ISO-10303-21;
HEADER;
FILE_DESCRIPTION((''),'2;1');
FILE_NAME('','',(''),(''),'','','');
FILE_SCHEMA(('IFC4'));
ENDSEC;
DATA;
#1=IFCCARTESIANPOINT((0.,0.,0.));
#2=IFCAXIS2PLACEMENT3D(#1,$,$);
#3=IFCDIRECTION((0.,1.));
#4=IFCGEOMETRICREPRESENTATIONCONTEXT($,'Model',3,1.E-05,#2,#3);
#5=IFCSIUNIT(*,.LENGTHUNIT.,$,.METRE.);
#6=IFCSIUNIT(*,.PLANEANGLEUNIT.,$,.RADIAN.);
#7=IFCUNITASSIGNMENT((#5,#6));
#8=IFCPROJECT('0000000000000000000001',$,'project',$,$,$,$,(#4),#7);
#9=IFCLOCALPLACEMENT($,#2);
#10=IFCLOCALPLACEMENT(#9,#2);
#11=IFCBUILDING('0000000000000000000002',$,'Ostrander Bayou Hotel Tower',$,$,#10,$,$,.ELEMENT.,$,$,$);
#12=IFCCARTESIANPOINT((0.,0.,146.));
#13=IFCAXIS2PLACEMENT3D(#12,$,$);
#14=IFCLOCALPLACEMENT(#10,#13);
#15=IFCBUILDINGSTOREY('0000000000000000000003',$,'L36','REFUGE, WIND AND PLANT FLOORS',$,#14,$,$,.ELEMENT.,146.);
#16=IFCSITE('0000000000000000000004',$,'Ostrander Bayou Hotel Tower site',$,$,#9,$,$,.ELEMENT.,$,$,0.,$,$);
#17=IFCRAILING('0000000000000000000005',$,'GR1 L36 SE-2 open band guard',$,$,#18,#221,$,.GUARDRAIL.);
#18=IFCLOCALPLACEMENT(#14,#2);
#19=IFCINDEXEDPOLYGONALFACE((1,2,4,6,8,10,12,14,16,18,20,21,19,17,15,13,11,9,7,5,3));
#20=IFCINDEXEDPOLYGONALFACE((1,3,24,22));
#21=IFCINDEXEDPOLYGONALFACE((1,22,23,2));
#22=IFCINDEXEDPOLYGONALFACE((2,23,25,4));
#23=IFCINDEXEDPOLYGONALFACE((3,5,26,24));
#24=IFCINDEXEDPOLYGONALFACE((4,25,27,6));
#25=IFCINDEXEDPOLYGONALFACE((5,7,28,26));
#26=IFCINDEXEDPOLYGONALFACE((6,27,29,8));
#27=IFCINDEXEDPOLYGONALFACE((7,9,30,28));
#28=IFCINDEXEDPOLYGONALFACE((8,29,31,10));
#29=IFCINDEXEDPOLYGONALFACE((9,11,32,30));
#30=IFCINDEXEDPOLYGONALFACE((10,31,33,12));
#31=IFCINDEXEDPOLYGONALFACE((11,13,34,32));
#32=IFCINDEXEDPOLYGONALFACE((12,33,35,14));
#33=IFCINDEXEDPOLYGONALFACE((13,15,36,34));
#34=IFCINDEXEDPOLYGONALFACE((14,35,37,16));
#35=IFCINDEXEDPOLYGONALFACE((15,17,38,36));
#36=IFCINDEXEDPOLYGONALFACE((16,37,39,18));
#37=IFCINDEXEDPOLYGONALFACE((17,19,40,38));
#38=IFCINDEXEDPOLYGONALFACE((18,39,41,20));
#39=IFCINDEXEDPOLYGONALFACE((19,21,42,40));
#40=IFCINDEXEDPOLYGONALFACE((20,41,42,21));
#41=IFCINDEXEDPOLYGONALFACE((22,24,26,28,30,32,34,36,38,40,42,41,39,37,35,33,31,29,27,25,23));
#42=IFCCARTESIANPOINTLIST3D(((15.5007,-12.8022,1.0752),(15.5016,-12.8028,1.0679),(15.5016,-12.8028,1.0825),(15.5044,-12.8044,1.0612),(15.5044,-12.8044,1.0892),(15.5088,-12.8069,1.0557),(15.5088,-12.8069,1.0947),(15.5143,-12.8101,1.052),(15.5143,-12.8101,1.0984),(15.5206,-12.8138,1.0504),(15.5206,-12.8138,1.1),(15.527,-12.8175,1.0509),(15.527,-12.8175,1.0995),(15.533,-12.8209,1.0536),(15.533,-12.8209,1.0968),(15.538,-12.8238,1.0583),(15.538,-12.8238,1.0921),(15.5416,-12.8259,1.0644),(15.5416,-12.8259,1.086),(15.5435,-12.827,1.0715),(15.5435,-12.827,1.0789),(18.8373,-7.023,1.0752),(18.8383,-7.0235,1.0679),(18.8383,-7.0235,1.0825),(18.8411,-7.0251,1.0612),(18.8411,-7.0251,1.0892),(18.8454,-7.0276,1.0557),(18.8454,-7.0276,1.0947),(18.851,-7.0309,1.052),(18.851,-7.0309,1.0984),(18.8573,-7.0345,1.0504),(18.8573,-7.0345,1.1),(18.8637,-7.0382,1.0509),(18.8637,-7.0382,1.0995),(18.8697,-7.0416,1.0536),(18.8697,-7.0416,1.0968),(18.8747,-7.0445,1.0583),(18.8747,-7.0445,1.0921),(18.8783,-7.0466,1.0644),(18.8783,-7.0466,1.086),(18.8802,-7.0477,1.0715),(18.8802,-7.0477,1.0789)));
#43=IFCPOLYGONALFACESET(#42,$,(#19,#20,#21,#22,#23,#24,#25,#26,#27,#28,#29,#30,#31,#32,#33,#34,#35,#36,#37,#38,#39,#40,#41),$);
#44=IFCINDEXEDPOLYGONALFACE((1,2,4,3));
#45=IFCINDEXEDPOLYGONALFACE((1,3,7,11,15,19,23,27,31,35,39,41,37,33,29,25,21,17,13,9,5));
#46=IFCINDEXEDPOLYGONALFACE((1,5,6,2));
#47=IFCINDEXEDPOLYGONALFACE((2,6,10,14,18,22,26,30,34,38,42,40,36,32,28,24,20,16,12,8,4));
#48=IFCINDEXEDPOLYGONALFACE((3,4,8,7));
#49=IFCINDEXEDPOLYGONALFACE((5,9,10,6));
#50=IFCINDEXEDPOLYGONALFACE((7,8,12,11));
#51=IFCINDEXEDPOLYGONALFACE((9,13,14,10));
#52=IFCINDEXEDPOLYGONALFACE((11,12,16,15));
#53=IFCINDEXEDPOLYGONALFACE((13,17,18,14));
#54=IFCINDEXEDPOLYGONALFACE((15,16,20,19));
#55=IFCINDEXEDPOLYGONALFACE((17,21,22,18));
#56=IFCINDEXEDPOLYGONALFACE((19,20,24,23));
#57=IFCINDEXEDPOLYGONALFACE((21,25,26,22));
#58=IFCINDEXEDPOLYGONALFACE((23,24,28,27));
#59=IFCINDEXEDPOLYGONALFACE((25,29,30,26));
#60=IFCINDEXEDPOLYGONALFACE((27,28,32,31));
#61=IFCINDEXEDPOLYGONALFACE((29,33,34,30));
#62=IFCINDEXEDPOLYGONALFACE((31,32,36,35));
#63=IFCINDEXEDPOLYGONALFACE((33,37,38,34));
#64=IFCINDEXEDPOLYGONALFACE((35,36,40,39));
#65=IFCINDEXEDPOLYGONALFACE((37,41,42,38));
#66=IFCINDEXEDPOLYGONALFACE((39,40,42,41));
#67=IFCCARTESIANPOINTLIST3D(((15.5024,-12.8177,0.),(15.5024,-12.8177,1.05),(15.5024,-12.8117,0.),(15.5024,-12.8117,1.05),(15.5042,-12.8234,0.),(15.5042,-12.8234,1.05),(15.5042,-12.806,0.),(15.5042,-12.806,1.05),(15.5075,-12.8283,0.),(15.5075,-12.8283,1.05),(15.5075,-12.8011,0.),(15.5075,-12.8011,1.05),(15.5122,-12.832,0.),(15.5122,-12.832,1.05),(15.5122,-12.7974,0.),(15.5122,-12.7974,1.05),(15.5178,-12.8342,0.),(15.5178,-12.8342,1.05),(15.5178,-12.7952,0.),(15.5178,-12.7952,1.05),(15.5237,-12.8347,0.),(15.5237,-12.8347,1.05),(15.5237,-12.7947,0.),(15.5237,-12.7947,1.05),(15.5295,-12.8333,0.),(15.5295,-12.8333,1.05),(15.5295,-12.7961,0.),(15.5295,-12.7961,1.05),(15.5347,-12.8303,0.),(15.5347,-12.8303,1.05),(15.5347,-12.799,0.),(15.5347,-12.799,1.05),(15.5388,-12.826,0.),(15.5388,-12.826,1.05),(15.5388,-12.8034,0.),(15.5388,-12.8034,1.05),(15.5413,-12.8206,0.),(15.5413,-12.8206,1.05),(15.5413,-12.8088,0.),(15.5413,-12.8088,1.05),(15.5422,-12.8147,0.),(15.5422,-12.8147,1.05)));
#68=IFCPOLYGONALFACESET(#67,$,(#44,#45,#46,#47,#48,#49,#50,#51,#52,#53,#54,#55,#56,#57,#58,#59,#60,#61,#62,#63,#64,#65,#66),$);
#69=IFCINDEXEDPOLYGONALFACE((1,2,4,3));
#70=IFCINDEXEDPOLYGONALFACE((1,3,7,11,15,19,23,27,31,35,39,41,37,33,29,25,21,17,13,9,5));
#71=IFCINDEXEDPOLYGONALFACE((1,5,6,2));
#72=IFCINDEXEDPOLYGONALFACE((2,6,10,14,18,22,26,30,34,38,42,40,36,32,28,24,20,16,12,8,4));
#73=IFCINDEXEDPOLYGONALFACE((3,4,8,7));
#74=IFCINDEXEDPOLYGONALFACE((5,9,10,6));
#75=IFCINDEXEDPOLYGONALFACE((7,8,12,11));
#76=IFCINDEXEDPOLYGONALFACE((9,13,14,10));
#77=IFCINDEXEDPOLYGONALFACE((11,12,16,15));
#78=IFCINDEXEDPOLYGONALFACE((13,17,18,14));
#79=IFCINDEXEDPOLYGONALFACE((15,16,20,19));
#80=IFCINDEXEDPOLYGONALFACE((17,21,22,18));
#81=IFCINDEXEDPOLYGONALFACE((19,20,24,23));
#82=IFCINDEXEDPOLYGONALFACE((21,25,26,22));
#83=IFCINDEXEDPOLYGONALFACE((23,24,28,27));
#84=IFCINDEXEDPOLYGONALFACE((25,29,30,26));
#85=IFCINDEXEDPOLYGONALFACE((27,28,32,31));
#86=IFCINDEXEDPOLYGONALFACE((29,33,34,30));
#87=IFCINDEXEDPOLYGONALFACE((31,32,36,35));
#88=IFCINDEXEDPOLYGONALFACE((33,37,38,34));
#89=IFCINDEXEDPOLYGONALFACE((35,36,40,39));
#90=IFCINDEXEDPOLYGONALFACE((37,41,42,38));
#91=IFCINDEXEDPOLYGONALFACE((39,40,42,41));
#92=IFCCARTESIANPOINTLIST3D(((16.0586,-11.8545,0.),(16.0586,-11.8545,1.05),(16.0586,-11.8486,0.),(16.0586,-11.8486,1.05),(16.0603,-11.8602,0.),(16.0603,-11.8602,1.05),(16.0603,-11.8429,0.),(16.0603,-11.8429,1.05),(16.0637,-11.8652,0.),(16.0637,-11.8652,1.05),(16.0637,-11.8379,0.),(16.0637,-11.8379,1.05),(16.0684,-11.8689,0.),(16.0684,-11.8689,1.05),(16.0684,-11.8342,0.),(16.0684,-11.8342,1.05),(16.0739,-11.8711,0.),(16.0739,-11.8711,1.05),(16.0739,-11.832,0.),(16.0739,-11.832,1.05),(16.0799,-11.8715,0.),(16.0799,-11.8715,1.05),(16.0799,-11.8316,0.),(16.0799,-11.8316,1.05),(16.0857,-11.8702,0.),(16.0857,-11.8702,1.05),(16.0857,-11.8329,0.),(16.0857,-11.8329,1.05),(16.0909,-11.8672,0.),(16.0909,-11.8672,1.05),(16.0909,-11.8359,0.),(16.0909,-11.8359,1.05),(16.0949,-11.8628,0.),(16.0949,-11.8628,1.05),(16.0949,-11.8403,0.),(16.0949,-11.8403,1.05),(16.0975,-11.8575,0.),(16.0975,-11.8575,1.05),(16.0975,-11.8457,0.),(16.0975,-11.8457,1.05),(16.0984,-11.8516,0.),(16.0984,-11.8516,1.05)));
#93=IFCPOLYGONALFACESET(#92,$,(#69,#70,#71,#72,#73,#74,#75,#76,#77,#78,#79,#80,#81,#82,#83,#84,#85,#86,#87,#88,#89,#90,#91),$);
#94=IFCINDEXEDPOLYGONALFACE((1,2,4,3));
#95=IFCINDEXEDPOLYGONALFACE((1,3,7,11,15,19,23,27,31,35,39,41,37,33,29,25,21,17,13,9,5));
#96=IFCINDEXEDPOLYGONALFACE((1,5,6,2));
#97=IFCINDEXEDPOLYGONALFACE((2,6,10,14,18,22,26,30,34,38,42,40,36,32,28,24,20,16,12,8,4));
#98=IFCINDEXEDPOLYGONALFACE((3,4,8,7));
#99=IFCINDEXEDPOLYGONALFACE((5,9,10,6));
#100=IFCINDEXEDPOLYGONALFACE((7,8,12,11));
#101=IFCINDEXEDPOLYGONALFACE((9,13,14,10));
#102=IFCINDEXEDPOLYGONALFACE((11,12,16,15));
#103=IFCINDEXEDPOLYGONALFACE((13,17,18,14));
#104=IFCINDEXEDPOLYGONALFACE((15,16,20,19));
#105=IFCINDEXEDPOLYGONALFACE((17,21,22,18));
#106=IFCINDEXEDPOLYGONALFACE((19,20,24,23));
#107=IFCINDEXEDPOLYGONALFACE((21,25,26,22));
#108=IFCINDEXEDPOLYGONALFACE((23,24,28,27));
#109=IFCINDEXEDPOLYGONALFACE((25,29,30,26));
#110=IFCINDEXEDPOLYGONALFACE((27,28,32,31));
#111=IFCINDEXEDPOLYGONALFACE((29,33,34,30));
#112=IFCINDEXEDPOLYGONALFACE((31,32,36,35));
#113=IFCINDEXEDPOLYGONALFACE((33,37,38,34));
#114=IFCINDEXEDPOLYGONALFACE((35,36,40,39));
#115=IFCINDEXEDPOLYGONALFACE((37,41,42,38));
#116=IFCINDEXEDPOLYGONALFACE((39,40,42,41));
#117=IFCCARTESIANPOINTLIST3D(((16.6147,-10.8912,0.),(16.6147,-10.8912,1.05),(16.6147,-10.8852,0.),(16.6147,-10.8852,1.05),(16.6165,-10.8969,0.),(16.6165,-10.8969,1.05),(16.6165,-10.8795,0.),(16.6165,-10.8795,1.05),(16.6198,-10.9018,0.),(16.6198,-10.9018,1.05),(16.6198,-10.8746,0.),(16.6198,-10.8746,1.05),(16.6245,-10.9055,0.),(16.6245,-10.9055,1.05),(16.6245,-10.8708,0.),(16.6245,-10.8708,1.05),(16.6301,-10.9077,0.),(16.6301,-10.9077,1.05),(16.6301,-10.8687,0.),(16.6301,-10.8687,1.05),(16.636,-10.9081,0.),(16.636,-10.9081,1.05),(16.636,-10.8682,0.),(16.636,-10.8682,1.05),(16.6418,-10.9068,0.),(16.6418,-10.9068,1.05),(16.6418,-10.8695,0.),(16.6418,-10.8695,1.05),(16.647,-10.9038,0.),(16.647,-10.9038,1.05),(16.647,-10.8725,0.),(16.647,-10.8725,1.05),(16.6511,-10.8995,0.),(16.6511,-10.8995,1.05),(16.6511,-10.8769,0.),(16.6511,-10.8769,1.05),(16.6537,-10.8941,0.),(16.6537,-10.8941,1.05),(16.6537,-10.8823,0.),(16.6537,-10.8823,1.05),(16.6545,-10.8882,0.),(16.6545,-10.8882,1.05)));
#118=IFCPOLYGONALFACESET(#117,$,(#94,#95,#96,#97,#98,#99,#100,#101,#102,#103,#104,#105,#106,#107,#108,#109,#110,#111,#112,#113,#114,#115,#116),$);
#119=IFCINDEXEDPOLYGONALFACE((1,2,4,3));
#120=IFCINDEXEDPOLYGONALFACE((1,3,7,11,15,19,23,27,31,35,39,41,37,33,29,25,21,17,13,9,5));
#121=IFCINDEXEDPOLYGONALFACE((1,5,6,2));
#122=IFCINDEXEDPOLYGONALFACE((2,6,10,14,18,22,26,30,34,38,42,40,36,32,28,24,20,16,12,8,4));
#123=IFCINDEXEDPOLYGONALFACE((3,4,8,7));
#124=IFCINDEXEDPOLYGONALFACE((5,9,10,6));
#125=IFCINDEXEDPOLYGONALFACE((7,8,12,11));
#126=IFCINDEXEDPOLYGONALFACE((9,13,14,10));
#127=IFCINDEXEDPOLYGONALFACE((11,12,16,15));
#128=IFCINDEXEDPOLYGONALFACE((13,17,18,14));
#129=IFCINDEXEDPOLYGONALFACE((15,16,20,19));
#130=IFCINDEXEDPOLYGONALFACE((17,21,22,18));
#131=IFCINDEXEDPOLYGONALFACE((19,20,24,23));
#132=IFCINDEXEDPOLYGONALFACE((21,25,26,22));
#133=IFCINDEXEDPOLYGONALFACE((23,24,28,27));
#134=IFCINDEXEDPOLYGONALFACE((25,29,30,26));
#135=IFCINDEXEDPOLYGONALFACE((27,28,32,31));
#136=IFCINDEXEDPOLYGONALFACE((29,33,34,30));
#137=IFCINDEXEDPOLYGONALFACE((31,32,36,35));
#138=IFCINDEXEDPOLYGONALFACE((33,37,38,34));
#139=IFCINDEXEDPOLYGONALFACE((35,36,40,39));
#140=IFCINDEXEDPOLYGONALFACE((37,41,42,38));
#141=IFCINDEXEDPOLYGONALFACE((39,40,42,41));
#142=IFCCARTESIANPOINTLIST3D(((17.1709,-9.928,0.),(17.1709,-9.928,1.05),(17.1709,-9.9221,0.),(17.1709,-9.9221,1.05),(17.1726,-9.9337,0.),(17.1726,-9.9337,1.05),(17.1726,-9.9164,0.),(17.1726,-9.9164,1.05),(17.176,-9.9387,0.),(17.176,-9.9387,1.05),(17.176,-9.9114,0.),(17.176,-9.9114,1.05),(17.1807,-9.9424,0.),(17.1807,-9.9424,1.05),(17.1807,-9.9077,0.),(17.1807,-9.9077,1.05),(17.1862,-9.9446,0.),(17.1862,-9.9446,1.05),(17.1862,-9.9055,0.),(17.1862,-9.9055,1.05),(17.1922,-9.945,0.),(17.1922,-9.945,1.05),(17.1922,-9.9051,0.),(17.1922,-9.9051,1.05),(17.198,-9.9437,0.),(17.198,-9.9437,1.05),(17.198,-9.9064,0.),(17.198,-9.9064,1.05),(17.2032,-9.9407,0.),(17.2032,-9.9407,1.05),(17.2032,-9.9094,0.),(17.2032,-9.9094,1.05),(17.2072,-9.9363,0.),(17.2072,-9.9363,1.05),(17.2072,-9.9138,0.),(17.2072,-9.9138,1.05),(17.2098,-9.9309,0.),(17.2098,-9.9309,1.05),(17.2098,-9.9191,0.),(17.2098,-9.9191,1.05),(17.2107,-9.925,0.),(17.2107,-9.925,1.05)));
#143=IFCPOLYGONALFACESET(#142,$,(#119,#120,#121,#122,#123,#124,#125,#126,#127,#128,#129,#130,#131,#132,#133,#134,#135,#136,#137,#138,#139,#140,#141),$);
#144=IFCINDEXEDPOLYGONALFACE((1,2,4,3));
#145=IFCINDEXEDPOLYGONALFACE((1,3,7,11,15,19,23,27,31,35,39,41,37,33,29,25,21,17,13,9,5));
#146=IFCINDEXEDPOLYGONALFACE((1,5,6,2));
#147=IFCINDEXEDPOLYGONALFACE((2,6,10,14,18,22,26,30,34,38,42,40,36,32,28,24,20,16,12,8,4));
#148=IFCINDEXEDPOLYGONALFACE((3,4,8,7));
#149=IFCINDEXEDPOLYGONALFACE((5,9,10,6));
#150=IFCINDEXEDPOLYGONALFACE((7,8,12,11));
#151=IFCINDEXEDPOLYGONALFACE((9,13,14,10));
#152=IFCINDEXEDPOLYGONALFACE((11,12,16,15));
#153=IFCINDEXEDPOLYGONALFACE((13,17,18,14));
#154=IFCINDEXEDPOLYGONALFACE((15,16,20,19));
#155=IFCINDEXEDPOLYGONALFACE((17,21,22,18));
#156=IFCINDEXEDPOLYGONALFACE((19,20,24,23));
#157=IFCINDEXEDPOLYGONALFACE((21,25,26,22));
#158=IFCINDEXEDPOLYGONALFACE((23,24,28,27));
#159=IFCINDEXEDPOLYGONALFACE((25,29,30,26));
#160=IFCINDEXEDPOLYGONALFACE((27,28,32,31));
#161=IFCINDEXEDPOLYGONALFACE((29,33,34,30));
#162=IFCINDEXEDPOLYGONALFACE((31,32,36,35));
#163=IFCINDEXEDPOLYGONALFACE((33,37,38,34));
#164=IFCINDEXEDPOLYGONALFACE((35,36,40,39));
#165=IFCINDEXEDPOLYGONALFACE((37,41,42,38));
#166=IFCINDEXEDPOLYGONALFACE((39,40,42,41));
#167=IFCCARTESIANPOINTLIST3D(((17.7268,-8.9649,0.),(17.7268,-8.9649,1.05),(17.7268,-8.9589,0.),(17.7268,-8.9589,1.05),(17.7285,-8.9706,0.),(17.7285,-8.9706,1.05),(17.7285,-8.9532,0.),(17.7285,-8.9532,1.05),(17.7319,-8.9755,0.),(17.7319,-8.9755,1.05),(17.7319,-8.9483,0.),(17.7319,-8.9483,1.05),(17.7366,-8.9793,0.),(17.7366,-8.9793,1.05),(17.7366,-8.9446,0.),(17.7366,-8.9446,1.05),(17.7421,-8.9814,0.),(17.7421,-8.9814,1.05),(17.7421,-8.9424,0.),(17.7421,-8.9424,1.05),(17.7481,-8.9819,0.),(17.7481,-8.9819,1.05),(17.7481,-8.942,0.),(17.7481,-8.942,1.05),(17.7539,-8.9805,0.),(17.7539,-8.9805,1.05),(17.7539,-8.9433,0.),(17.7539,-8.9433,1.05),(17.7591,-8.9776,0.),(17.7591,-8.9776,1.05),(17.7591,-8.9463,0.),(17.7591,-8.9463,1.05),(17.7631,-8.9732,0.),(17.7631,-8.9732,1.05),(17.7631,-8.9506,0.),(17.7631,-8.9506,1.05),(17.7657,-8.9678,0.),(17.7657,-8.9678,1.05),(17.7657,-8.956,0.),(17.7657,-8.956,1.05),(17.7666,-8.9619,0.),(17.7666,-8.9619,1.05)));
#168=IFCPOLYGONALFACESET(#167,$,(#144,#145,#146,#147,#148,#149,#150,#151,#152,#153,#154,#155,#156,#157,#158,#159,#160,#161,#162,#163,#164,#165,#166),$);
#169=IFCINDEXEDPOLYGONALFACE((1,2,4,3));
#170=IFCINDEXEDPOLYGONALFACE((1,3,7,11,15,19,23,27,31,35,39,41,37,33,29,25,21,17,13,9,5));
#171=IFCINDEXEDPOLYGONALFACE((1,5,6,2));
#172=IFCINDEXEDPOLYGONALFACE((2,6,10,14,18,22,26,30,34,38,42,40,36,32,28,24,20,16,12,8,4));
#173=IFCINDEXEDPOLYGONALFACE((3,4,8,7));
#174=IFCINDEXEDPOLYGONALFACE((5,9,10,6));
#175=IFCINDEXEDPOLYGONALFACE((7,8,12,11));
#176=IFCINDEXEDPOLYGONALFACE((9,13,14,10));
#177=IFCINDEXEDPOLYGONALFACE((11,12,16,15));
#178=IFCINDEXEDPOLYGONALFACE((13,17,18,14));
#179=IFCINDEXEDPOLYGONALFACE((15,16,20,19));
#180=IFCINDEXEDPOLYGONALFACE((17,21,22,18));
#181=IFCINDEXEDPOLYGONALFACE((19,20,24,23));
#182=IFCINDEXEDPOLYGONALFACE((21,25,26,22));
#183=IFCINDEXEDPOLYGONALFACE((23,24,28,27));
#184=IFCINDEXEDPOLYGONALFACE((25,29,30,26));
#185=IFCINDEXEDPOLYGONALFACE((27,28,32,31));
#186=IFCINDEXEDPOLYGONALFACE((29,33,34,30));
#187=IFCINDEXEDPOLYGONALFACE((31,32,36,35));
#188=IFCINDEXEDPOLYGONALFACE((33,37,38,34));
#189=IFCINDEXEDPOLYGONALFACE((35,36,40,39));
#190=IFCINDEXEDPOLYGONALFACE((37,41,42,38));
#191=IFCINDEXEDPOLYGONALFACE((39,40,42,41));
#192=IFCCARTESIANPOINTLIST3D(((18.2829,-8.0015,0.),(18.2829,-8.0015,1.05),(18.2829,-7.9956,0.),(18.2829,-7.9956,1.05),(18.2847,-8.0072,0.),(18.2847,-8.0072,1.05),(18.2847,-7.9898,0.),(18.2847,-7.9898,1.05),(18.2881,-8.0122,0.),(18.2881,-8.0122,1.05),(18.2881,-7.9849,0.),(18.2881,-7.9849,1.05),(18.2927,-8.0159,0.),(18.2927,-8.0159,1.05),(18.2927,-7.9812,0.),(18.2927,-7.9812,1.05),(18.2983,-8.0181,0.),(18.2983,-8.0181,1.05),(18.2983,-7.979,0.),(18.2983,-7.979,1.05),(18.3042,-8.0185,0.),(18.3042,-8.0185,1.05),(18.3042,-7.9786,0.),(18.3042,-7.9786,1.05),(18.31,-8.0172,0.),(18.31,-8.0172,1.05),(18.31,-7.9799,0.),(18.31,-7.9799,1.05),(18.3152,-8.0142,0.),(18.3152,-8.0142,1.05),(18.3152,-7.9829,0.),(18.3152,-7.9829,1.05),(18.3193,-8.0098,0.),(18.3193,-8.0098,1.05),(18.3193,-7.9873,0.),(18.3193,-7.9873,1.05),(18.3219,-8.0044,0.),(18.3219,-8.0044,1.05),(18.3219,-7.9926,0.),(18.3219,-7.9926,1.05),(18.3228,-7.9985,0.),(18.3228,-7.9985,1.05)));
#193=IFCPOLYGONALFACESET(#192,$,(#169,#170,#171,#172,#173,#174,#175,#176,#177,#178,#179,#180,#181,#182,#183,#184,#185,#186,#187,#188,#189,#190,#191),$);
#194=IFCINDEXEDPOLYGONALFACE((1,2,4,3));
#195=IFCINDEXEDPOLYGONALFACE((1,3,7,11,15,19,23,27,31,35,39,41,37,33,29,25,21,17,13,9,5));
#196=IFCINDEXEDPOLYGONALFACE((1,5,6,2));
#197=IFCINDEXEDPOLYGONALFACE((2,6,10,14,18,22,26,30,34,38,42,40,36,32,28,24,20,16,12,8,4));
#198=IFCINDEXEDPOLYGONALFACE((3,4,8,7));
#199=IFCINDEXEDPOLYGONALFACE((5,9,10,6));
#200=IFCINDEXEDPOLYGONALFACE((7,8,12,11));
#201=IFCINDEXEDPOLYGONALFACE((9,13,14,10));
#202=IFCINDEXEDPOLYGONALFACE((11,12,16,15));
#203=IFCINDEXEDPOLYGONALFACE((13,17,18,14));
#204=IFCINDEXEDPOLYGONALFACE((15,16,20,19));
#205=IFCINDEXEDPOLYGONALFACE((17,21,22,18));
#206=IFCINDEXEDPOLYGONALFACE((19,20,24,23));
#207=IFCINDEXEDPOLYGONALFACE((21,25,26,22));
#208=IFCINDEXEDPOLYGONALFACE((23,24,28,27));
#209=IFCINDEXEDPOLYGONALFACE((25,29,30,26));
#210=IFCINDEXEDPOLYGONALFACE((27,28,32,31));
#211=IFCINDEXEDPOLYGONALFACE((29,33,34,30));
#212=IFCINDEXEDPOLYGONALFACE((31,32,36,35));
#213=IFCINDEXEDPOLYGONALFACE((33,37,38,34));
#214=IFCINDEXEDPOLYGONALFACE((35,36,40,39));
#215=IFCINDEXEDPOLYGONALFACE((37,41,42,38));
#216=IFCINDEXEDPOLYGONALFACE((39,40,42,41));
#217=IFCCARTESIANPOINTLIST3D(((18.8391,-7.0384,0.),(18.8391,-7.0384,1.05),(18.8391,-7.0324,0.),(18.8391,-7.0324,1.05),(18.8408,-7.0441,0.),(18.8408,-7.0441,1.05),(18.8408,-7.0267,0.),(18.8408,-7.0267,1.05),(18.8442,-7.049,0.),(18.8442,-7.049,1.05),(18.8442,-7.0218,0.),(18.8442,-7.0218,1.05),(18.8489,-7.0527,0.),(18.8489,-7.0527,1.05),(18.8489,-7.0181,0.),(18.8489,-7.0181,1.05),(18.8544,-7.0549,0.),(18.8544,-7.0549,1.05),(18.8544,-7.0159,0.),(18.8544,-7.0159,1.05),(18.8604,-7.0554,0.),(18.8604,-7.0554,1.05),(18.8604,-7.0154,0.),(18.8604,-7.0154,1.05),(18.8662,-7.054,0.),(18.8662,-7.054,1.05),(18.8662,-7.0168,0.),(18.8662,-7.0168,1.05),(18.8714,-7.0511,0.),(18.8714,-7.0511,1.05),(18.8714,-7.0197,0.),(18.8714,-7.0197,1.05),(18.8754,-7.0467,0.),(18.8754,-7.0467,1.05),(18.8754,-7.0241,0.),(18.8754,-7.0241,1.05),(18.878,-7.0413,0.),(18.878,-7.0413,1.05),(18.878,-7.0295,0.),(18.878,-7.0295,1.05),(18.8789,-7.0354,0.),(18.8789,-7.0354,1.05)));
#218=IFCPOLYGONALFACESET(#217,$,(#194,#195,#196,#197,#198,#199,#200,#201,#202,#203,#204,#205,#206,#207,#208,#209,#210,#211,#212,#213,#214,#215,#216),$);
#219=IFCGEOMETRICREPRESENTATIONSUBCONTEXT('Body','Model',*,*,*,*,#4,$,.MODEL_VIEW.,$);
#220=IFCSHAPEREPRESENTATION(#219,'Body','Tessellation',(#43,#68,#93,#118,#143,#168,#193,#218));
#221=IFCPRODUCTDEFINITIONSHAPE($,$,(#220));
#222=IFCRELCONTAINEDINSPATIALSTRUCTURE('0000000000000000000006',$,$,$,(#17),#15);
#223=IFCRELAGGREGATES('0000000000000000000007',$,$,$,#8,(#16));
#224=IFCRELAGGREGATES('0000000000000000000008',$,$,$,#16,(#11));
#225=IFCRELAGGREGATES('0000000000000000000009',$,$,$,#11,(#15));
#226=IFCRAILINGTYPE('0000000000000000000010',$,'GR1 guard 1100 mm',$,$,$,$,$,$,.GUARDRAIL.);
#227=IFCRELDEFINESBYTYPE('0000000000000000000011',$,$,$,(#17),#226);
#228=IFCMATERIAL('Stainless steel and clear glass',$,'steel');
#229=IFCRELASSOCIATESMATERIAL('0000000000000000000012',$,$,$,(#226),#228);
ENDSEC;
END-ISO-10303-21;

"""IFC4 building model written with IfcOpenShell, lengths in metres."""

from ifc_helpers import new_model, si_unit, direction, frame, origin, origin_2d, place, context, subcontext, project, spatial, circle, extrude, material, type_object, element, save


model = new_model("IFC4")

# Units and contexts
model_context = context("Model", 3, precision=1e-05, world=origin(), true_north=direction((0.0, 1.0)))
body_context = subcontext(model_context, "Body", "Model", "MODEL_VIEW")
ifc_project = project(units=[si_unit("LENGTHUNIT", "METRE"), si_unit("PLANEANGLEUNIT", "RADIAN")], contexts=[model_context])

# Site, building, storey
site_placement = place(None, origin())
site = spatial("IfcSite", under=ifc_project, at=site_placement, Name="Ostrander Bayou Hotel Tower site", CompositionType="ELEMENT", RefElevation=0.0)
building_placement = place(site_placement, origin())
building = spatial("IfcBuilding", under=site, at=building_placement, Name="Ostrander Bayou Hotel Tower", CompositionType="ELEMENT")
storey_placement = place(building_placement, frame((0.0, 0.0, 146.0)))
storey = spatial("IfcBuildingStorey", under=building, at=storey_placement, Name="L36", Description="REFUGE, WIND AND PLANT FLOORS", CompositionType="ELEMENT", Elevation=146.0)

# Railing
ifc_material_1 = material(Name="Stainless steel and clear glass", Category="steel")
railing_type = type_object("IfcRailingType", Name="GR1 guard 1100 mm", PredefinedType="GUARDRAIL", material=ifc_material_1)
railing_1_placement = place(storey_placement, frame((15.5222, -12.8147, 0.0)))
element("IfcRailing", 1, at=railing_1_placement, inside=storey, type_object=railing_type, Name="GR1 L36 SE-2 open band guard", PredefinedType="GUARDRAIL", context=body_context, shape_type="SweptSolid", body=[
    extrude(circle(Radius=0.0249, at=origin_2d()), frame((0.0, 0.0, 1.0752), z_axis=(0.499999, 0.866026, 0.0), x_axis=(-0.866026, 0.499999, 0.0)), (0.0, 0.0, 1.0), 6.6733),
    extrude(circle(Radius=0.02, at=origin_2d()), origin(), (0.0, 0.0, 1.0), 1.05),
    extrude(circle(Radius=0.02, at=origin_2d()), frame((0.5562, 0.9631, 0.0)), (0.0, 0.0, 1.0), 1.05),
    extrude(circle(Radius=0.02, at=origin_2d()), frame((1.1123, 1.9265, 0.0)), (0.0, 0.0, 1.0), 1.05),
    extrude(circle(Radius=0.02, at=origin_2d()), frame((1.6685, 2.8896, 0.0)), (0.0, 0.0, 1.0), 1.05),
    extrude(circle(Radius=0.02, at=origin_2d()), frame((2.2244, 3.8528, 0.0)), (0.0, 0.0, 1.0), 1.05),
    extrude(circle(Radius=0.02, at=origin_2d()), frame((2.7805, 4.8162, 0.0)), (0.0, 0.0, 1.0), 1.05),
    extrude(circle(Radius=0.02, at=origin_2d()), frame((3.3367, 5.7793, 0.0)), (0.0, 0.0, 1.0), 1.05),
])

save(model, "model.ifc")
